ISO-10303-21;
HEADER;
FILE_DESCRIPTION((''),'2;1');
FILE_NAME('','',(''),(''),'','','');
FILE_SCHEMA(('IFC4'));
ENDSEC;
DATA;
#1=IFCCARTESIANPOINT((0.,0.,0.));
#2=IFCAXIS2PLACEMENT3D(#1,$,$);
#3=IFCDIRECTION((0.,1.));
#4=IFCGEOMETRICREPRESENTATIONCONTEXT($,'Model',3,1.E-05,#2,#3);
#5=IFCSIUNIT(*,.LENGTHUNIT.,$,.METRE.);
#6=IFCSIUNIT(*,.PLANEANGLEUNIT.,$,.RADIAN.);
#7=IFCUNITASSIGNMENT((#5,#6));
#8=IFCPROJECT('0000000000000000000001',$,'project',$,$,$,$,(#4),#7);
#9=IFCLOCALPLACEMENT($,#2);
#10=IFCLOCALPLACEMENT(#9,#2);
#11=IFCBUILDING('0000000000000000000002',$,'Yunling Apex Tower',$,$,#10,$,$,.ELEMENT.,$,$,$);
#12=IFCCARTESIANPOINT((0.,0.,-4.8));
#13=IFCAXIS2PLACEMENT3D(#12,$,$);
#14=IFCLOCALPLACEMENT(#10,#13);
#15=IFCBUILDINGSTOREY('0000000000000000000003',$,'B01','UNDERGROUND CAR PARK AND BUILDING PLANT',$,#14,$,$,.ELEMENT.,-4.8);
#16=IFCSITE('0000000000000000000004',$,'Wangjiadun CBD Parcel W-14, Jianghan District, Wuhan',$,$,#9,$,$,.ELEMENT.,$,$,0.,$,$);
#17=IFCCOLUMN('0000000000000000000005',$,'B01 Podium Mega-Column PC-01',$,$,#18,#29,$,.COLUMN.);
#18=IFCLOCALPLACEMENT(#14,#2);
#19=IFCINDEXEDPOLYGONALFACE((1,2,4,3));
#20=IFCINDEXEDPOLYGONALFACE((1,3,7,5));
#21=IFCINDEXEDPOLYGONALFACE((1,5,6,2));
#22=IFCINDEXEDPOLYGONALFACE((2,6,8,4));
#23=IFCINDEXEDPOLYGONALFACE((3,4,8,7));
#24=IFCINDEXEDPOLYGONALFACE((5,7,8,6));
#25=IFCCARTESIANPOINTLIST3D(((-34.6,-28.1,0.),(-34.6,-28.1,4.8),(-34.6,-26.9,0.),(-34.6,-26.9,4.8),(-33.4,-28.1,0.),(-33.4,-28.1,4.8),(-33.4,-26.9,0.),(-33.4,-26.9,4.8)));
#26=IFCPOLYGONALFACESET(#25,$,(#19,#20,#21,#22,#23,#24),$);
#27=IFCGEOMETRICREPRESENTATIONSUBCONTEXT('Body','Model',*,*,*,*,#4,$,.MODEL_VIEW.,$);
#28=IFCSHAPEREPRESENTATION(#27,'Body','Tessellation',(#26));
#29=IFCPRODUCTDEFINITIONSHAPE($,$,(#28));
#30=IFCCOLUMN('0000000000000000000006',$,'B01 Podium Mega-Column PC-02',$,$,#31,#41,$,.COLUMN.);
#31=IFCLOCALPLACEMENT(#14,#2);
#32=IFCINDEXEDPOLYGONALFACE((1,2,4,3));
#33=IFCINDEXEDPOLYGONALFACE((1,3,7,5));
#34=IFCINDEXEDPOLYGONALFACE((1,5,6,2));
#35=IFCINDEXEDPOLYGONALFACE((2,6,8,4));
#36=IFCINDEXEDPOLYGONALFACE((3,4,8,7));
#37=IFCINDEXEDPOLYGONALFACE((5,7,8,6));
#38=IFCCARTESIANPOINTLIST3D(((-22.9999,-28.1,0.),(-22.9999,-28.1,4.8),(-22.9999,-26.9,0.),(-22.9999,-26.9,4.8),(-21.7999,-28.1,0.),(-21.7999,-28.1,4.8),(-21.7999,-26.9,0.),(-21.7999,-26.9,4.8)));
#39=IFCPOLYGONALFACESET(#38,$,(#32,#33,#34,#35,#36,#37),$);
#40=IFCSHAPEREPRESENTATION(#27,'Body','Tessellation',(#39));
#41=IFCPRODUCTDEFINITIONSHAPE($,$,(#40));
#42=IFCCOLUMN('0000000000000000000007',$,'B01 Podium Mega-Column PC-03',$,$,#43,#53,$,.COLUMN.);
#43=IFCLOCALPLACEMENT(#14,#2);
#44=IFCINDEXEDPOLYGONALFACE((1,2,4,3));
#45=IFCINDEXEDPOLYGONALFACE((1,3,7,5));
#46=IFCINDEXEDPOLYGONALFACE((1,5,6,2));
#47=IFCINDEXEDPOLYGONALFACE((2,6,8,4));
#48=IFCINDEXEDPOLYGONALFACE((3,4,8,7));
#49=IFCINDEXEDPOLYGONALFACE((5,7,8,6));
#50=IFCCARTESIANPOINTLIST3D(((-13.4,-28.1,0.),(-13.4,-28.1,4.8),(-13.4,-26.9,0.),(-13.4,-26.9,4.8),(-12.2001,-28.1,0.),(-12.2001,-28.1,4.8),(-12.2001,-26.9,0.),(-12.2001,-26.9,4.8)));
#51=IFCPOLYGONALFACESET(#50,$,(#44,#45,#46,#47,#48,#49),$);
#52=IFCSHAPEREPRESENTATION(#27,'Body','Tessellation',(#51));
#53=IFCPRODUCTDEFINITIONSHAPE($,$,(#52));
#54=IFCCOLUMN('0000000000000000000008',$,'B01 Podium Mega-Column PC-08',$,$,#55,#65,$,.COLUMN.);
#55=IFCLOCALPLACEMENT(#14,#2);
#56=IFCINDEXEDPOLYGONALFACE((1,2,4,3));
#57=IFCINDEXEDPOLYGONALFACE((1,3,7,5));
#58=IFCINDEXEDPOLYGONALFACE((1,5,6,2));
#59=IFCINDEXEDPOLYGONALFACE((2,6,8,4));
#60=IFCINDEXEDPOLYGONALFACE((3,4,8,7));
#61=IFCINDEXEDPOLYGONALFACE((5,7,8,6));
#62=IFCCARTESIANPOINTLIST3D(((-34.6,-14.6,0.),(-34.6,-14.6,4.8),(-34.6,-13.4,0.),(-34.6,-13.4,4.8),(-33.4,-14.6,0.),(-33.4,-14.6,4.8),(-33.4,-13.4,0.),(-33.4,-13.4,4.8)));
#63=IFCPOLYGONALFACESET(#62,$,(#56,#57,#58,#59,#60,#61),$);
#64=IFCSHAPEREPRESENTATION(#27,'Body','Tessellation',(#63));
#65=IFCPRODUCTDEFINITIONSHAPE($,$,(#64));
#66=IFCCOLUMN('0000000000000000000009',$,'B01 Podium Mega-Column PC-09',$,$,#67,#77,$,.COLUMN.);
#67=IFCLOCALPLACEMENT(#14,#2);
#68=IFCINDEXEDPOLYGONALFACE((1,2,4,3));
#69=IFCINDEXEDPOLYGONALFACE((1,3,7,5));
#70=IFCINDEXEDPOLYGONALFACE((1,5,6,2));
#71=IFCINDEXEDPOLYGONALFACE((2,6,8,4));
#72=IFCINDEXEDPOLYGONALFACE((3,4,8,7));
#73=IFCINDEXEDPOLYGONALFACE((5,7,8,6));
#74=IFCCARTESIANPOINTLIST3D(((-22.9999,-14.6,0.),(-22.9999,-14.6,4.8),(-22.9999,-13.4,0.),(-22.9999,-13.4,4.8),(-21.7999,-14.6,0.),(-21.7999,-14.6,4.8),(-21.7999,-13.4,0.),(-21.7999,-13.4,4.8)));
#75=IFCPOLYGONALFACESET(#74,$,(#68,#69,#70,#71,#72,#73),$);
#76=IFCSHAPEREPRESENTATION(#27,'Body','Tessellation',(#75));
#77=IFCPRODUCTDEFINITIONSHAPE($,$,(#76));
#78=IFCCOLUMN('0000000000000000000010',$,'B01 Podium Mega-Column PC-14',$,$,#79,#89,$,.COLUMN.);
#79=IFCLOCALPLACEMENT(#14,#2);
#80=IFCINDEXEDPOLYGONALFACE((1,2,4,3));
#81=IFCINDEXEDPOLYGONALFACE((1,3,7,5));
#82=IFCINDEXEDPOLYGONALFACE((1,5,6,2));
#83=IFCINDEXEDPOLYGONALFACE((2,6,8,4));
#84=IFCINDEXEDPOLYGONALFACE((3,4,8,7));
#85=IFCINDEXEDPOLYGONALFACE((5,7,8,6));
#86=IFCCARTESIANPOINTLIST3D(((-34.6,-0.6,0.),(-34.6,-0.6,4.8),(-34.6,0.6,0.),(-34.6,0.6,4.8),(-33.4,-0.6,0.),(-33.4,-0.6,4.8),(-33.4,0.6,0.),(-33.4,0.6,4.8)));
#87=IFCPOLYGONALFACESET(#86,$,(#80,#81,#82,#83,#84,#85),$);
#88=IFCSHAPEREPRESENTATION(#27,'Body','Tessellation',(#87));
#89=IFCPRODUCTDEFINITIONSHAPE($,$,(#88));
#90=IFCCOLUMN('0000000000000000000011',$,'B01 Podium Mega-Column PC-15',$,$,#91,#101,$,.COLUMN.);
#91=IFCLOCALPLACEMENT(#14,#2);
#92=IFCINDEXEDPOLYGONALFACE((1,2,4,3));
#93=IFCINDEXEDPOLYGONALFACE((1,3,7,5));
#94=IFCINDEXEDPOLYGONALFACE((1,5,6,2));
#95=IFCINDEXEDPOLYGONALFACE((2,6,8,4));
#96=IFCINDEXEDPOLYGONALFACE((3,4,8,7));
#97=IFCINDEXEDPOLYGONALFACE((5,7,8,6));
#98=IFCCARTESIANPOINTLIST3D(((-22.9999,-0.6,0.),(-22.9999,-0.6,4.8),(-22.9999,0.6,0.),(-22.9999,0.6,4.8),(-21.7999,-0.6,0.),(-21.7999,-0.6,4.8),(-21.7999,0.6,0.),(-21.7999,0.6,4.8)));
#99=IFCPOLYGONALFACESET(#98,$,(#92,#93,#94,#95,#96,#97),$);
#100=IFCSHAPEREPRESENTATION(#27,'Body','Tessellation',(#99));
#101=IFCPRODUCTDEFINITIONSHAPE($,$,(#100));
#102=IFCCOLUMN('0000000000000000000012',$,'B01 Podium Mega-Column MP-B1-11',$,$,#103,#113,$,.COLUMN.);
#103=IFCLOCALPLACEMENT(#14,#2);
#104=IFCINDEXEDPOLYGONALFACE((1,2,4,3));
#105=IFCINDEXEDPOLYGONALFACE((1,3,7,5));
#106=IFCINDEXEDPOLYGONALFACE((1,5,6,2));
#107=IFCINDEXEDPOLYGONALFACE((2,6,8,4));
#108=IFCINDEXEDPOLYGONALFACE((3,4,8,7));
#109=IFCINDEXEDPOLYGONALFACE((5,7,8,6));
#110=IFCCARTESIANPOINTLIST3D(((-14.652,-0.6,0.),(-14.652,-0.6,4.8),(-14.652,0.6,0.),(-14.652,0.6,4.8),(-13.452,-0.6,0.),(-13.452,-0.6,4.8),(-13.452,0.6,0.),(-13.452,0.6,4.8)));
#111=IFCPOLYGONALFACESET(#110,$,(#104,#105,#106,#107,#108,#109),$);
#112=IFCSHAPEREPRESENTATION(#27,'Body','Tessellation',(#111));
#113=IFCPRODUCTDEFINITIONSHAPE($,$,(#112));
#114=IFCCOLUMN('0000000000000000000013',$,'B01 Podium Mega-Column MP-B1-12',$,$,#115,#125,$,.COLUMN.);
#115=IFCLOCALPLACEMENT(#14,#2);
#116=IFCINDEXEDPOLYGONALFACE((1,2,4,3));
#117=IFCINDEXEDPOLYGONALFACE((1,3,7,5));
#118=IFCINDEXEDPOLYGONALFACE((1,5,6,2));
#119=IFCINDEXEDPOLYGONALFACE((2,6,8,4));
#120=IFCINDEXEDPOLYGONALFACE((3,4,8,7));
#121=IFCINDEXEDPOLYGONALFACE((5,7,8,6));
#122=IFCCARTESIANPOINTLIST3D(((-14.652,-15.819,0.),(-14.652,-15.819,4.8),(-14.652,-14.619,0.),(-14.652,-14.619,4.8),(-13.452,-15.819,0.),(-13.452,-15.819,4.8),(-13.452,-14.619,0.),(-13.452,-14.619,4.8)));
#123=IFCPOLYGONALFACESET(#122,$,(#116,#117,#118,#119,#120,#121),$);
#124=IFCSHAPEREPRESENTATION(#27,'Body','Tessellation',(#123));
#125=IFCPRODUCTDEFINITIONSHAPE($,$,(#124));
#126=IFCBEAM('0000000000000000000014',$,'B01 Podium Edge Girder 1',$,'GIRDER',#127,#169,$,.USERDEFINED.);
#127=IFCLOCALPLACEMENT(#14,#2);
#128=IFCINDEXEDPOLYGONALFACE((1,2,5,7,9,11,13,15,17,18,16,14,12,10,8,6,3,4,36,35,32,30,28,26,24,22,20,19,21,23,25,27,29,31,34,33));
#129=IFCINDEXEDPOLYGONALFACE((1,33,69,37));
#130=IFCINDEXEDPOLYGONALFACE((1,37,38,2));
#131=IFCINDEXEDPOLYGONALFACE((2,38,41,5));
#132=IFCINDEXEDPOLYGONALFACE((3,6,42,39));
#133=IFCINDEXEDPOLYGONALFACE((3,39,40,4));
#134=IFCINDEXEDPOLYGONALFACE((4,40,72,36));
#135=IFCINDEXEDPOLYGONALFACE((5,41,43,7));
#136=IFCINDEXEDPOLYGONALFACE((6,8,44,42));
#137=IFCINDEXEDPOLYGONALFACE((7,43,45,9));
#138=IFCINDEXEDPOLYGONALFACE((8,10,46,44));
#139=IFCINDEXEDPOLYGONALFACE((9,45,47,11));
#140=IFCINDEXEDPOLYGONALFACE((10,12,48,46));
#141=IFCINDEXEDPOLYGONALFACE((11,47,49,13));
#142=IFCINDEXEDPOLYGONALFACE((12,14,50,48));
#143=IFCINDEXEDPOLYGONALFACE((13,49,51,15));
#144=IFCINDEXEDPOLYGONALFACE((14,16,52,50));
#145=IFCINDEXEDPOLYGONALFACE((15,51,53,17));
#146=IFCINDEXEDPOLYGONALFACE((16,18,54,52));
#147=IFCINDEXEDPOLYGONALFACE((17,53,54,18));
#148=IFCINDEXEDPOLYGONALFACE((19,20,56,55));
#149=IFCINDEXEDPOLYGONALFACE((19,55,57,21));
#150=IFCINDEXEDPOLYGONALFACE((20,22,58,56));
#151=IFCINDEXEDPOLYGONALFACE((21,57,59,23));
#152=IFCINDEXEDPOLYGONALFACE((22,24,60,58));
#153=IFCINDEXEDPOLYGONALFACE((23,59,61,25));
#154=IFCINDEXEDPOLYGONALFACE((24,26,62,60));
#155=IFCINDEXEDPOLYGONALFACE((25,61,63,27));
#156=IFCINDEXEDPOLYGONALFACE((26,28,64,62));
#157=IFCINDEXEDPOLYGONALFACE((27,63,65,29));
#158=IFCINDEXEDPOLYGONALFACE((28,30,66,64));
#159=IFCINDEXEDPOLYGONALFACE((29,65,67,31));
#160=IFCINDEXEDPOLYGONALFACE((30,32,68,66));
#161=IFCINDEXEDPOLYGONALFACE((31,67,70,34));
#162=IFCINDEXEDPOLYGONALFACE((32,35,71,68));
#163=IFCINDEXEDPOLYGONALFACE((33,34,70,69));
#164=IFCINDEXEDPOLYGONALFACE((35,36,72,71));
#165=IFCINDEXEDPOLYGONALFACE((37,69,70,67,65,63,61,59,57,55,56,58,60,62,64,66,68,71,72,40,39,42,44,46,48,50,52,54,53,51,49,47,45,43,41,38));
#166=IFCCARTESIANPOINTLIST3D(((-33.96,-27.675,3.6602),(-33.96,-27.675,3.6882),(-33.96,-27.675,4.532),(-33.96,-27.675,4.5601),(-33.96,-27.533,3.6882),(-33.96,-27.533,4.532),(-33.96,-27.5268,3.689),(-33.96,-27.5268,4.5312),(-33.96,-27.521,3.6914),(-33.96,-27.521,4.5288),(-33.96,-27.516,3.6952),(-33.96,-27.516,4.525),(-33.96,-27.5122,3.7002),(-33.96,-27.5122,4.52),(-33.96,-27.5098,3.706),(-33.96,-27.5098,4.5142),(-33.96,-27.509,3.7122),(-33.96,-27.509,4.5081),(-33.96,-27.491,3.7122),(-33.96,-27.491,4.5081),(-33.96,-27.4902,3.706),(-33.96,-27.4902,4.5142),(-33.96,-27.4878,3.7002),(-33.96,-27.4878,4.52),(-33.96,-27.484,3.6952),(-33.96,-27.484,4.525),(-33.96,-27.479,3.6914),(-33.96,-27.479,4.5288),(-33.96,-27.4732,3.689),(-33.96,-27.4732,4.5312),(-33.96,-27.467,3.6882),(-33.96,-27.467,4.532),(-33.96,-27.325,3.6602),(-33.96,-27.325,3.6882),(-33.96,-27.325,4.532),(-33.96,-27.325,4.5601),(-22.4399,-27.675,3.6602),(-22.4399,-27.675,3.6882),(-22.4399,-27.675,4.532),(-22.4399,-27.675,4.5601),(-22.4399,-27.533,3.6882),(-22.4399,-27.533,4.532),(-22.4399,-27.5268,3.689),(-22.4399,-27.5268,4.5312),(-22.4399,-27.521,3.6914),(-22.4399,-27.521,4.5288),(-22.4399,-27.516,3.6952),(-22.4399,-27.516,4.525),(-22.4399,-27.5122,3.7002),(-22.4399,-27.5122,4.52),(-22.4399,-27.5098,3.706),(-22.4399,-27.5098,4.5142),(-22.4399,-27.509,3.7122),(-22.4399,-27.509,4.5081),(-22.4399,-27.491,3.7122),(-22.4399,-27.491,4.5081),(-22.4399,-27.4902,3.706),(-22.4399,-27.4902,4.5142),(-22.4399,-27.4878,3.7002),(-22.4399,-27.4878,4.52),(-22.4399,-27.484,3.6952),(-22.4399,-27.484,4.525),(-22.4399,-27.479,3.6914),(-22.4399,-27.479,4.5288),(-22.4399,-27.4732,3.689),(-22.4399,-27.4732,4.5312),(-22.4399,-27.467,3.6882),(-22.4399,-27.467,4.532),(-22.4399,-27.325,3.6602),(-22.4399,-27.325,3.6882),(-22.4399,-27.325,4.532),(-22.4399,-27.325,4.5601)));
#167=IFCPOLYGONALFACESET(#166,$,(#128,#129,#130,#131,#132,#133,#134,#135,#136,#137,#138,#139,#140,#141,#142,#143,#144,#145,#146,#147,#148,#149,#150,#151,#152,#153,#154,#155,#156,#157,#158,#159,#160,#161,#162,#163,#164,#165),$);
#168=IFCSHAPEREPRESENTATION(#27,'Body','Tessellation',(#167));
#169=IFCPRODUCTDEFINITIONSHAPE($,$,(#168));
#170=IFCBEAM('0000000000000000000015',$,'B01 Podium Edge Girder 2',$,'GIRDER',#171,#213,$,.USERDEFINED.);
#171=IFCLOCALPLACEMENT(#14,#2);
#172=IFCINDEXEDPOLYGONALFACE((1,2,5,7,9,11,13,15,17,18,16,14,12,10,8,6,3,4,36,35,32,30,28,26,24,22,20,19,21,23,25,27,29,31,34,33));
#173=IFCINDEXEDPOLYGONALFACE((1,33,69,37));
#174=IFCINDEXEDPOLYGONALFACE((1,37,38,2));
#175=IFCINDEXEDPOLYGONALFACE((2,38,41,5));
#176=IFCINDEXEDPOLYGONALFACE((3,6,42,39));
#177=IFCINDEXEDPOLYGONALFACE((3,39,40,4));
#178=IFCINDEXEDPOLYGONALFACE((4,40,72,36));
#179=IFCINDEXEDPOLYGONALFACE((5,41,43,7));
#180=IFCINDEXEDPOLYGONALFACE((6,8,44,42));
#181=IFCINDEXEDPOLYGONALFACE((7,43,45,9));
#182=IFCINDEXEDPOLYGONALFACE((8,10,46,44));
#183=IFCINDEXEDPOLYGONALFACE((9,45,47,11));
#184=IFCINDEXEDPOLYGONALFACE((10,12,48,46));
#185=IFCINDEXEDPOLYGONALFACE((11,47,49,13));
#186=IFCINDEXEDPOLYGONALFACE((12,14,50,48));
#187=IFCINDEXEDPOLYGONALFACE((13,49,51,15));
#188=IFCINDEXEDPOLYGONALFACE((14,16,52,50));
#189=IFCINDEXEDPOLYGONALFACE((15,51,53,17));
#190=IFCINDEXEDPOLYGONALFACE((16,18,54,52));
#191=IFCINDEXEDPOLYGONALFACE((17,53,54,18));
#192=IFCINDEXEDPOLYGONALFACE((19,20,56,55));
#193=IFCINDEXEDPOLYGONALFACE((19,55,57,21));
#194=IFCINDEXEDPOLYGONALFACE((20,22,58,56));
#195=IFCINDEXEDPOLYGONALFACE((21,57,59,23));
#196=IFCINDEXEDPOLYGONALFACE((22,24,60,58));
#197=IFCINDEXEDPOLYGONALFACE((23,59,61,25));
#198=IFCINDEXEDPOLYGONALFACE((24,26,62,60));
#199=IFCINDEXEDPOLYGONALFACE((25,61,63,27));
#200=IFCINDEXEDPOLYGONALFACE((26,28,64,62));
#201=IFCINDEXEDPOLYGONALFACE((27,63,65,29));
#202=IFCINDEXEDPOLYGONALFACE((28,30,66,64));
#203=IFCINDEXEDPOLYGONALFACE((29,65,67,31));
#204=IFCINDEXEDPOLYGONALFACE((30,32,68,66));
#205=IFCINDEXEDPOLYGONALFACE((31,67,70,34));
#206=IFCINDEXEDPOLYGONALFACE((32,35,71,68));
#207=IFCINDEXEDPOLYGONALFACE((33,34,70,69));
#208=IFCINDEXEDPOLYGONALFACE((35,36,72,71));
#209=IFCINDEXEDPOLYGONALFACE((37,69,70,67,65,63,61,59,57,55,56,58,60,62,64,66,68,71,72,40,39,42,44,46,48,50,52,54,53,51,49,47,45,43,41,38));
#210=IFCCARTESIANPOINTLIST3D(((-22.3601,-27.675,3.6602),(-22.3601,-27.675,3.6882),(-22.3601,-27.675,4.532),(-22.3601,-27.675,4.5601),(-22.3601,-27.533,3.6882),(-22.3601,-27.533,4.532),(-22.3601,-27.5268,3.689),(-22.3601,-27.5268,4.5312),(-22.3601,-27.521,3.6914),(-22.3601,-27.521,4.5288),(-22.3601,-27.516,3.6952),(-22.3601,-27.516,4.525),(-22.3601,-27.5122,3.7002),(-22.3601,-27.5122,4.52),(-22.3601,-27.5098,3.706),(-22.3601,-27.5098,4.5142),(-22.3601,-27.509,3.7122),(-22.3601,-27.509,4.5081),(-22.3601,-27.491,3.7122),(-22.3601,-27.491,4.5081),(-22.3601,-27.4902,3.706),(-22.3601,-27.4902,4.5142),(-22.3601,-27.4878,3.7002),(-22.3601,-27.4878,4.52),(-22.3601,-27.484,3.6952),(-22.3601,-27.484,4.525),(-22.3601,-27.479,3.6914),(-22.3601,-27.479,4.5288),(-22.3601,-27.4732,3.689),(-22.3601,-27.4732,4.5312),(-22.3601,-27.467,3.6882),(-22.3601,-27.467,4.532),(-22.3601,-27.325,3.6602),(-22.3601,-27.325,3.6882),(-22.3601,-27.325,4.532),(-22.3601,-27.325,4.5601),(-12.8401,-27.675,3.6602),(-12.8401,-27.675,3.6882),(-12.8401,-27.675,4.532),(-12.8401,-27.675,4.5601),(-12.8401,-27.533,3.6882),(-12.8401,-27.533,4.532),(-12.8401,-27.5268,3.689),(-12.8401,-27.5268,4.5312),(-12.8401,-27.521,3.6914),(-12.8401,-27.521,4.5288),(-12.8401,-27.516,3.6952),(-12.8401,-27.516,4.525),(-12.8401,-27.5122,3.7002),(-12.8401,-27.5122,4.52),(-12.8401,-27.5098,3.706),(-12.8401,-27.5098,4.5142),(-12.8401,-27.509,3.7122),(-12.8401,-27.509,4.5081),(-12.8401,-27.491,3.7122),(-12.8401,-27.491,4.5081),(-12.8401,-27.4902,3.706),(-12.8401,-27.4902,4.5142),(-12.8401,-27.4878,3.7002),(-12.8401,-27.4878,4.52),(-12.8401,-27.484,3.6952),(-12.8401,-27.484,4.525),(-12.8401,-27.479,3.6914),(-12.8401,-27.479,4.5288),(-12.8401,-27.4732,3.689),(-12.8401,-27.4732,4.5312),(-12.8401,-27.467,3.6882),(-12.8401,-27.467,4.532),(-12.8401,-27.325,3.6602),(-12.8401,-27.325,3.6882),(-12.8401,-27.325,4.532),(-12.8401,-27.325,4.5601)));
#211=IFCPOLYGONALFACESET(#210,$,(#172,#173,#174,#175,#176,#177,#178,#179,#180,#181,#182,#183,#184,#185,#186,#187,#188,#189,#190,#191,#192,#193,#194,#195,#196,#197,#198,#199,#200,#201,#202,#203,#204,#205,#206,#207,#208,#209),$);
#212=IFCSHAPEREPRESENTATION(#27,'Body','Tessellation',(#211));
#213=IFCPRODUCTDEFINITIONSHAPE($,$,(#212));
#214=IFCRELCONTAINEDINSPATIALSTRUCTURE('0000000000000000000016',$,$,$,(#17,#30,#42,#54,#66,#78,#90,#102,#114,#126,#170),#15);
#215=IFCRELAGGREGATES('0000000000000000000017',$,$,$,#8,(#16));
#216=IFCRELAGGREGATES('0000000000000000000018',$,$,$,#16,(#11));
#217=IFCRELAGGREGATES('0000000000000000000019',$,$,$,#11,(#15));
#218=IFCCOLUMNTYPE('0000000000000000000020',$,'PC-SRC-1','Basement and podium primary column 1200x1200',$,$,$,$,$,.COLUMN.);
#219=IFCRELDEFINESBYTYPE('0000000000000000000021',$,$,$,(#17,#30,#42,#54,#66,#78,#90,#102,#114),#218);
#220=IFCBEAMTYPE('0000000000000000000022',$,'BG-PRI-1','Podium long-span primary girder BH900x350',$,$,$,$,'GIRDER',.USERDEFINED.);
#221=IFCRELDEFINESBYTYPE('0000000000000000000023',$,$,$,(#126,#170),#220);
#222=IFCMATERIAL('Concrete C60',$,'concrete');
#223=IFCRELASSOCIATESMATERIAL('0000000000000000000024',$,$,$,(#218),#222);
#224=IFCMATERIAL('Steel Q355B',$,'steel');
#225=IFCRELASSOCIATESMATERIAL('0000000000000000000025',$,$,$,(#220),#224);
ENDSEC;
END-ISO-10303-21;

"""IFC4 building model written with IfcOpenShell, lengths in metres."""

from ifc_helpers import new_model, si_unit, direction, frame, origin, origin_2d, place, context, subcontext, project, spatial, rectangle, i_section, extrude, source, transform, mapped, material, material_profile, profile_set, type_object, element, save


model = new_model("IFC4")

# Units and contexts
model_context = context("Model", 3, precision=1e-05, world=origin(), true_north=direction((0.0, 1.0)))
body_context = subcontext(model_context, "Body", "Model", "MODEL_VIEW")
ifc_project = project(units=[si_unit("LENGTHUNIT", "METRE"), si_unit("PLANEANGLEUNIT", "RADIAN")], contexts=[model_context])

# Site, building, storey
site_placement = place(None, origin())
site = spatial("IfcSite", under=ifc_project, at=site_placement, Name="Wangjiadun CBD Parcel W-14, Jianghan District, Wuhan", CompositionType="ELEMENT", RefElevation=0.0)
building_placement = place(site_placement, origin())
building = spatial("IfcBuilding", under=site, at=building_placement, Name="Yunling Apex Tower", CompositionType="ELEMENT")
storey_placement = place(building_placement, frame((0.0, 0.0, -4.8)))
storey = spatial("IfcBuildingStorey", under=building, at=storey_placement, Name="B01", Description="UNDERGROUND CAR PARK AND BUILDING PLANT", CompositionType="ELEMENT", Elevation=-4.8)

# Columns
ifc_material_1 = material(Name="Concrete C60", Category="concrete")
ifc_material_profile_1 = material_profile(ifc_material_1, rectangle(XDim=1.2, YDim=1.2, at=origin_2d()))
ifc_profile_set_1 = profile_set([ifc_material_profile_1], Name="Concrete C60")
column_type = type_object("IfcColumnType", Name="PC-SRC-1", Description="Basement and podium primary column 1200x1200", PredefinedType="COLUMN", material=ifc_profile_set_1)
shared_shape_1 = source(origin(), body_context, "Body", "SweptSolid", [
    extrude(rectangle(XDim=1.2, YDim=1.2, at=origin_2d()), origin(), (0.0, 0.0, 1.0), 4.8),
])
for number, where, z_axis, x_axis, name in (
    (1, (-34.0, -27.5, 0.0), (0.0, 0.0, 1.0), (1.0, 0.0, 0.0), "B01 Podium Mega-Column PC-01"),
    (2, (-22.3999, -27.5, 0.0), (0.0, 0.0, 1.0), (1.0, 0.0, 0.0), "B01 Podium Mega-Column PC-02"),
    (3, (-12.8, -27.5, 0.0), (0.0, 0.0, 1.0), (1.0, 0.0, 0.0), "B01 Podium Mega-Column PC-03"),
    (4, (-34.0, -14.0, 0.0), (0.0, 0.0, 1.0), (1.0, 0.0, 0.0), "B01 Podium Mega-Column PC-08"),
    (5, (-22.3999, -14.0, 0.0), (0.0, 0.0, 1.0), (1.0, 0.0, 0.0), "B01 Podium Mega-Column PC-09"),
    (6, (-34.0, 0.0, 0.0), (0.0, 0.0, 1.0), (1.0, 0.0, 0.0), "B01 Podium Mega-Column PC-14"),
    (7, (-22.3999, 0.0, 0.0), (0.0, 0.0, 1.0), (1.0, 0.0, 0.0), "B01 Podium Mega-Column PC-15"),
    (8, (-14.052, 0.0, 0.0), (0.0, 0.0, 1.0), (1.0, 0.0, 0.0), "B01 Podium Mega-Column MP-B1-11"),
    (9, (-14.052, -15.219, 0.0), (0.0, 0.0, 1.0), (1.0, 0.0, 0.0), "B01 Podium Mega-Column MP-B1-12"),
):
    element("IfcColumn", number, at=place(storey_placement, frame(where, z_axis=z_axis, x_axis=x_axis)), inside=storey, type_object=column_type, Name=name, PredefinedType="COLUMN", context=body_context, shape_type="MappedRepresentation", body=[
        mapped(shared_shape_1, transform((0.0, 0.0, 0.0), scale=1.0)),
    ])

# Beams
ifc_material_2 = material(Name="Steel Q355B", Category="steel")
ifc_material_profile_2 = material_profile(ifc_material_2, i_section(OverallWidth=0.3501, OverallDepth=0.8999, WebThickness=0.0181, FlangeThickness=0.0281, FilletRadius=0.0239, at=origin_2d()))
ifc_profile_set_2 = profile_set([ifc_material_profile_2], Name="Steel Q355B")
beam_type_1 = type_object("IfcBeamType", Name="BG-PRI-1", Description="Podium long-span primary girder BH900x350", ElementType="GIRDER", PredefinedType="USERDEFINED", material=ifc_profile_set_2)
shared_shape_2 = source(origin(), body_context, "Body", "SweptSolid", [
    extrude(i_section(OverallWidth=0.3501, OverallDepth=0.8999, WebThickness=0.0181, FlangeThickness=0.0281, FilletRadius=0.0239, at=origin_2d()), origin(), (0.0, 0.0, 1.0), 11.52),
])
beam_1_placement = place(storey_placement, frame((-33.96, -27.5, 4.1101), z_axis=(1.0, 0.0, 0.0), x_axis=(0.0, 1.0, 0.0)))
element("IfcBeam", 10, at=beam_1_placement, inside=storey, type_object=beam_type_1, Name="B01 Podium Edge Girder 1", ObjectType="GIRDER", PredefinedType="USERDEFINED", context=body_context, shape_type="MappedRepresentation", body=[
    mapped(shared_shape_2, transform((0.0, 0.0, 0.0), scale=1.0)),
])
shared_shape_3 = source(origin(), body_context, "Body", "SweptSolid", [
    extrude(i_section(OverallWidth=0.3501, OverallDepth=0.8999, WebThickness=0.0181, FlangeThickness=0.0281, FilletRadius=0.0239, at=origin_2d()), origin(), (0.0, 0.0, 1.0), 9.52),
])
beam_2_placement = place(storey_placement, frame((-22.3601, -27.5, 4.1101), z_axis=(1.0, 0.0, 0.0), x_axis=(0.0, 1.0, 0.0)))
element("IfcBeam", 11, at=beam_2_placement, inside=storey, type_object=beam_type_1, Name="B01 Podium Edge Girder 2", ObjectType="GIRDER", PredefinedType="USERDEFINED", context=body_context, shape_type="MappedRepresentation", body=[
    mapped(shared_shape_3, transform((0.0, 0.0, 0.0), scale=1.0)),
])

save(model, "model.ifc")
